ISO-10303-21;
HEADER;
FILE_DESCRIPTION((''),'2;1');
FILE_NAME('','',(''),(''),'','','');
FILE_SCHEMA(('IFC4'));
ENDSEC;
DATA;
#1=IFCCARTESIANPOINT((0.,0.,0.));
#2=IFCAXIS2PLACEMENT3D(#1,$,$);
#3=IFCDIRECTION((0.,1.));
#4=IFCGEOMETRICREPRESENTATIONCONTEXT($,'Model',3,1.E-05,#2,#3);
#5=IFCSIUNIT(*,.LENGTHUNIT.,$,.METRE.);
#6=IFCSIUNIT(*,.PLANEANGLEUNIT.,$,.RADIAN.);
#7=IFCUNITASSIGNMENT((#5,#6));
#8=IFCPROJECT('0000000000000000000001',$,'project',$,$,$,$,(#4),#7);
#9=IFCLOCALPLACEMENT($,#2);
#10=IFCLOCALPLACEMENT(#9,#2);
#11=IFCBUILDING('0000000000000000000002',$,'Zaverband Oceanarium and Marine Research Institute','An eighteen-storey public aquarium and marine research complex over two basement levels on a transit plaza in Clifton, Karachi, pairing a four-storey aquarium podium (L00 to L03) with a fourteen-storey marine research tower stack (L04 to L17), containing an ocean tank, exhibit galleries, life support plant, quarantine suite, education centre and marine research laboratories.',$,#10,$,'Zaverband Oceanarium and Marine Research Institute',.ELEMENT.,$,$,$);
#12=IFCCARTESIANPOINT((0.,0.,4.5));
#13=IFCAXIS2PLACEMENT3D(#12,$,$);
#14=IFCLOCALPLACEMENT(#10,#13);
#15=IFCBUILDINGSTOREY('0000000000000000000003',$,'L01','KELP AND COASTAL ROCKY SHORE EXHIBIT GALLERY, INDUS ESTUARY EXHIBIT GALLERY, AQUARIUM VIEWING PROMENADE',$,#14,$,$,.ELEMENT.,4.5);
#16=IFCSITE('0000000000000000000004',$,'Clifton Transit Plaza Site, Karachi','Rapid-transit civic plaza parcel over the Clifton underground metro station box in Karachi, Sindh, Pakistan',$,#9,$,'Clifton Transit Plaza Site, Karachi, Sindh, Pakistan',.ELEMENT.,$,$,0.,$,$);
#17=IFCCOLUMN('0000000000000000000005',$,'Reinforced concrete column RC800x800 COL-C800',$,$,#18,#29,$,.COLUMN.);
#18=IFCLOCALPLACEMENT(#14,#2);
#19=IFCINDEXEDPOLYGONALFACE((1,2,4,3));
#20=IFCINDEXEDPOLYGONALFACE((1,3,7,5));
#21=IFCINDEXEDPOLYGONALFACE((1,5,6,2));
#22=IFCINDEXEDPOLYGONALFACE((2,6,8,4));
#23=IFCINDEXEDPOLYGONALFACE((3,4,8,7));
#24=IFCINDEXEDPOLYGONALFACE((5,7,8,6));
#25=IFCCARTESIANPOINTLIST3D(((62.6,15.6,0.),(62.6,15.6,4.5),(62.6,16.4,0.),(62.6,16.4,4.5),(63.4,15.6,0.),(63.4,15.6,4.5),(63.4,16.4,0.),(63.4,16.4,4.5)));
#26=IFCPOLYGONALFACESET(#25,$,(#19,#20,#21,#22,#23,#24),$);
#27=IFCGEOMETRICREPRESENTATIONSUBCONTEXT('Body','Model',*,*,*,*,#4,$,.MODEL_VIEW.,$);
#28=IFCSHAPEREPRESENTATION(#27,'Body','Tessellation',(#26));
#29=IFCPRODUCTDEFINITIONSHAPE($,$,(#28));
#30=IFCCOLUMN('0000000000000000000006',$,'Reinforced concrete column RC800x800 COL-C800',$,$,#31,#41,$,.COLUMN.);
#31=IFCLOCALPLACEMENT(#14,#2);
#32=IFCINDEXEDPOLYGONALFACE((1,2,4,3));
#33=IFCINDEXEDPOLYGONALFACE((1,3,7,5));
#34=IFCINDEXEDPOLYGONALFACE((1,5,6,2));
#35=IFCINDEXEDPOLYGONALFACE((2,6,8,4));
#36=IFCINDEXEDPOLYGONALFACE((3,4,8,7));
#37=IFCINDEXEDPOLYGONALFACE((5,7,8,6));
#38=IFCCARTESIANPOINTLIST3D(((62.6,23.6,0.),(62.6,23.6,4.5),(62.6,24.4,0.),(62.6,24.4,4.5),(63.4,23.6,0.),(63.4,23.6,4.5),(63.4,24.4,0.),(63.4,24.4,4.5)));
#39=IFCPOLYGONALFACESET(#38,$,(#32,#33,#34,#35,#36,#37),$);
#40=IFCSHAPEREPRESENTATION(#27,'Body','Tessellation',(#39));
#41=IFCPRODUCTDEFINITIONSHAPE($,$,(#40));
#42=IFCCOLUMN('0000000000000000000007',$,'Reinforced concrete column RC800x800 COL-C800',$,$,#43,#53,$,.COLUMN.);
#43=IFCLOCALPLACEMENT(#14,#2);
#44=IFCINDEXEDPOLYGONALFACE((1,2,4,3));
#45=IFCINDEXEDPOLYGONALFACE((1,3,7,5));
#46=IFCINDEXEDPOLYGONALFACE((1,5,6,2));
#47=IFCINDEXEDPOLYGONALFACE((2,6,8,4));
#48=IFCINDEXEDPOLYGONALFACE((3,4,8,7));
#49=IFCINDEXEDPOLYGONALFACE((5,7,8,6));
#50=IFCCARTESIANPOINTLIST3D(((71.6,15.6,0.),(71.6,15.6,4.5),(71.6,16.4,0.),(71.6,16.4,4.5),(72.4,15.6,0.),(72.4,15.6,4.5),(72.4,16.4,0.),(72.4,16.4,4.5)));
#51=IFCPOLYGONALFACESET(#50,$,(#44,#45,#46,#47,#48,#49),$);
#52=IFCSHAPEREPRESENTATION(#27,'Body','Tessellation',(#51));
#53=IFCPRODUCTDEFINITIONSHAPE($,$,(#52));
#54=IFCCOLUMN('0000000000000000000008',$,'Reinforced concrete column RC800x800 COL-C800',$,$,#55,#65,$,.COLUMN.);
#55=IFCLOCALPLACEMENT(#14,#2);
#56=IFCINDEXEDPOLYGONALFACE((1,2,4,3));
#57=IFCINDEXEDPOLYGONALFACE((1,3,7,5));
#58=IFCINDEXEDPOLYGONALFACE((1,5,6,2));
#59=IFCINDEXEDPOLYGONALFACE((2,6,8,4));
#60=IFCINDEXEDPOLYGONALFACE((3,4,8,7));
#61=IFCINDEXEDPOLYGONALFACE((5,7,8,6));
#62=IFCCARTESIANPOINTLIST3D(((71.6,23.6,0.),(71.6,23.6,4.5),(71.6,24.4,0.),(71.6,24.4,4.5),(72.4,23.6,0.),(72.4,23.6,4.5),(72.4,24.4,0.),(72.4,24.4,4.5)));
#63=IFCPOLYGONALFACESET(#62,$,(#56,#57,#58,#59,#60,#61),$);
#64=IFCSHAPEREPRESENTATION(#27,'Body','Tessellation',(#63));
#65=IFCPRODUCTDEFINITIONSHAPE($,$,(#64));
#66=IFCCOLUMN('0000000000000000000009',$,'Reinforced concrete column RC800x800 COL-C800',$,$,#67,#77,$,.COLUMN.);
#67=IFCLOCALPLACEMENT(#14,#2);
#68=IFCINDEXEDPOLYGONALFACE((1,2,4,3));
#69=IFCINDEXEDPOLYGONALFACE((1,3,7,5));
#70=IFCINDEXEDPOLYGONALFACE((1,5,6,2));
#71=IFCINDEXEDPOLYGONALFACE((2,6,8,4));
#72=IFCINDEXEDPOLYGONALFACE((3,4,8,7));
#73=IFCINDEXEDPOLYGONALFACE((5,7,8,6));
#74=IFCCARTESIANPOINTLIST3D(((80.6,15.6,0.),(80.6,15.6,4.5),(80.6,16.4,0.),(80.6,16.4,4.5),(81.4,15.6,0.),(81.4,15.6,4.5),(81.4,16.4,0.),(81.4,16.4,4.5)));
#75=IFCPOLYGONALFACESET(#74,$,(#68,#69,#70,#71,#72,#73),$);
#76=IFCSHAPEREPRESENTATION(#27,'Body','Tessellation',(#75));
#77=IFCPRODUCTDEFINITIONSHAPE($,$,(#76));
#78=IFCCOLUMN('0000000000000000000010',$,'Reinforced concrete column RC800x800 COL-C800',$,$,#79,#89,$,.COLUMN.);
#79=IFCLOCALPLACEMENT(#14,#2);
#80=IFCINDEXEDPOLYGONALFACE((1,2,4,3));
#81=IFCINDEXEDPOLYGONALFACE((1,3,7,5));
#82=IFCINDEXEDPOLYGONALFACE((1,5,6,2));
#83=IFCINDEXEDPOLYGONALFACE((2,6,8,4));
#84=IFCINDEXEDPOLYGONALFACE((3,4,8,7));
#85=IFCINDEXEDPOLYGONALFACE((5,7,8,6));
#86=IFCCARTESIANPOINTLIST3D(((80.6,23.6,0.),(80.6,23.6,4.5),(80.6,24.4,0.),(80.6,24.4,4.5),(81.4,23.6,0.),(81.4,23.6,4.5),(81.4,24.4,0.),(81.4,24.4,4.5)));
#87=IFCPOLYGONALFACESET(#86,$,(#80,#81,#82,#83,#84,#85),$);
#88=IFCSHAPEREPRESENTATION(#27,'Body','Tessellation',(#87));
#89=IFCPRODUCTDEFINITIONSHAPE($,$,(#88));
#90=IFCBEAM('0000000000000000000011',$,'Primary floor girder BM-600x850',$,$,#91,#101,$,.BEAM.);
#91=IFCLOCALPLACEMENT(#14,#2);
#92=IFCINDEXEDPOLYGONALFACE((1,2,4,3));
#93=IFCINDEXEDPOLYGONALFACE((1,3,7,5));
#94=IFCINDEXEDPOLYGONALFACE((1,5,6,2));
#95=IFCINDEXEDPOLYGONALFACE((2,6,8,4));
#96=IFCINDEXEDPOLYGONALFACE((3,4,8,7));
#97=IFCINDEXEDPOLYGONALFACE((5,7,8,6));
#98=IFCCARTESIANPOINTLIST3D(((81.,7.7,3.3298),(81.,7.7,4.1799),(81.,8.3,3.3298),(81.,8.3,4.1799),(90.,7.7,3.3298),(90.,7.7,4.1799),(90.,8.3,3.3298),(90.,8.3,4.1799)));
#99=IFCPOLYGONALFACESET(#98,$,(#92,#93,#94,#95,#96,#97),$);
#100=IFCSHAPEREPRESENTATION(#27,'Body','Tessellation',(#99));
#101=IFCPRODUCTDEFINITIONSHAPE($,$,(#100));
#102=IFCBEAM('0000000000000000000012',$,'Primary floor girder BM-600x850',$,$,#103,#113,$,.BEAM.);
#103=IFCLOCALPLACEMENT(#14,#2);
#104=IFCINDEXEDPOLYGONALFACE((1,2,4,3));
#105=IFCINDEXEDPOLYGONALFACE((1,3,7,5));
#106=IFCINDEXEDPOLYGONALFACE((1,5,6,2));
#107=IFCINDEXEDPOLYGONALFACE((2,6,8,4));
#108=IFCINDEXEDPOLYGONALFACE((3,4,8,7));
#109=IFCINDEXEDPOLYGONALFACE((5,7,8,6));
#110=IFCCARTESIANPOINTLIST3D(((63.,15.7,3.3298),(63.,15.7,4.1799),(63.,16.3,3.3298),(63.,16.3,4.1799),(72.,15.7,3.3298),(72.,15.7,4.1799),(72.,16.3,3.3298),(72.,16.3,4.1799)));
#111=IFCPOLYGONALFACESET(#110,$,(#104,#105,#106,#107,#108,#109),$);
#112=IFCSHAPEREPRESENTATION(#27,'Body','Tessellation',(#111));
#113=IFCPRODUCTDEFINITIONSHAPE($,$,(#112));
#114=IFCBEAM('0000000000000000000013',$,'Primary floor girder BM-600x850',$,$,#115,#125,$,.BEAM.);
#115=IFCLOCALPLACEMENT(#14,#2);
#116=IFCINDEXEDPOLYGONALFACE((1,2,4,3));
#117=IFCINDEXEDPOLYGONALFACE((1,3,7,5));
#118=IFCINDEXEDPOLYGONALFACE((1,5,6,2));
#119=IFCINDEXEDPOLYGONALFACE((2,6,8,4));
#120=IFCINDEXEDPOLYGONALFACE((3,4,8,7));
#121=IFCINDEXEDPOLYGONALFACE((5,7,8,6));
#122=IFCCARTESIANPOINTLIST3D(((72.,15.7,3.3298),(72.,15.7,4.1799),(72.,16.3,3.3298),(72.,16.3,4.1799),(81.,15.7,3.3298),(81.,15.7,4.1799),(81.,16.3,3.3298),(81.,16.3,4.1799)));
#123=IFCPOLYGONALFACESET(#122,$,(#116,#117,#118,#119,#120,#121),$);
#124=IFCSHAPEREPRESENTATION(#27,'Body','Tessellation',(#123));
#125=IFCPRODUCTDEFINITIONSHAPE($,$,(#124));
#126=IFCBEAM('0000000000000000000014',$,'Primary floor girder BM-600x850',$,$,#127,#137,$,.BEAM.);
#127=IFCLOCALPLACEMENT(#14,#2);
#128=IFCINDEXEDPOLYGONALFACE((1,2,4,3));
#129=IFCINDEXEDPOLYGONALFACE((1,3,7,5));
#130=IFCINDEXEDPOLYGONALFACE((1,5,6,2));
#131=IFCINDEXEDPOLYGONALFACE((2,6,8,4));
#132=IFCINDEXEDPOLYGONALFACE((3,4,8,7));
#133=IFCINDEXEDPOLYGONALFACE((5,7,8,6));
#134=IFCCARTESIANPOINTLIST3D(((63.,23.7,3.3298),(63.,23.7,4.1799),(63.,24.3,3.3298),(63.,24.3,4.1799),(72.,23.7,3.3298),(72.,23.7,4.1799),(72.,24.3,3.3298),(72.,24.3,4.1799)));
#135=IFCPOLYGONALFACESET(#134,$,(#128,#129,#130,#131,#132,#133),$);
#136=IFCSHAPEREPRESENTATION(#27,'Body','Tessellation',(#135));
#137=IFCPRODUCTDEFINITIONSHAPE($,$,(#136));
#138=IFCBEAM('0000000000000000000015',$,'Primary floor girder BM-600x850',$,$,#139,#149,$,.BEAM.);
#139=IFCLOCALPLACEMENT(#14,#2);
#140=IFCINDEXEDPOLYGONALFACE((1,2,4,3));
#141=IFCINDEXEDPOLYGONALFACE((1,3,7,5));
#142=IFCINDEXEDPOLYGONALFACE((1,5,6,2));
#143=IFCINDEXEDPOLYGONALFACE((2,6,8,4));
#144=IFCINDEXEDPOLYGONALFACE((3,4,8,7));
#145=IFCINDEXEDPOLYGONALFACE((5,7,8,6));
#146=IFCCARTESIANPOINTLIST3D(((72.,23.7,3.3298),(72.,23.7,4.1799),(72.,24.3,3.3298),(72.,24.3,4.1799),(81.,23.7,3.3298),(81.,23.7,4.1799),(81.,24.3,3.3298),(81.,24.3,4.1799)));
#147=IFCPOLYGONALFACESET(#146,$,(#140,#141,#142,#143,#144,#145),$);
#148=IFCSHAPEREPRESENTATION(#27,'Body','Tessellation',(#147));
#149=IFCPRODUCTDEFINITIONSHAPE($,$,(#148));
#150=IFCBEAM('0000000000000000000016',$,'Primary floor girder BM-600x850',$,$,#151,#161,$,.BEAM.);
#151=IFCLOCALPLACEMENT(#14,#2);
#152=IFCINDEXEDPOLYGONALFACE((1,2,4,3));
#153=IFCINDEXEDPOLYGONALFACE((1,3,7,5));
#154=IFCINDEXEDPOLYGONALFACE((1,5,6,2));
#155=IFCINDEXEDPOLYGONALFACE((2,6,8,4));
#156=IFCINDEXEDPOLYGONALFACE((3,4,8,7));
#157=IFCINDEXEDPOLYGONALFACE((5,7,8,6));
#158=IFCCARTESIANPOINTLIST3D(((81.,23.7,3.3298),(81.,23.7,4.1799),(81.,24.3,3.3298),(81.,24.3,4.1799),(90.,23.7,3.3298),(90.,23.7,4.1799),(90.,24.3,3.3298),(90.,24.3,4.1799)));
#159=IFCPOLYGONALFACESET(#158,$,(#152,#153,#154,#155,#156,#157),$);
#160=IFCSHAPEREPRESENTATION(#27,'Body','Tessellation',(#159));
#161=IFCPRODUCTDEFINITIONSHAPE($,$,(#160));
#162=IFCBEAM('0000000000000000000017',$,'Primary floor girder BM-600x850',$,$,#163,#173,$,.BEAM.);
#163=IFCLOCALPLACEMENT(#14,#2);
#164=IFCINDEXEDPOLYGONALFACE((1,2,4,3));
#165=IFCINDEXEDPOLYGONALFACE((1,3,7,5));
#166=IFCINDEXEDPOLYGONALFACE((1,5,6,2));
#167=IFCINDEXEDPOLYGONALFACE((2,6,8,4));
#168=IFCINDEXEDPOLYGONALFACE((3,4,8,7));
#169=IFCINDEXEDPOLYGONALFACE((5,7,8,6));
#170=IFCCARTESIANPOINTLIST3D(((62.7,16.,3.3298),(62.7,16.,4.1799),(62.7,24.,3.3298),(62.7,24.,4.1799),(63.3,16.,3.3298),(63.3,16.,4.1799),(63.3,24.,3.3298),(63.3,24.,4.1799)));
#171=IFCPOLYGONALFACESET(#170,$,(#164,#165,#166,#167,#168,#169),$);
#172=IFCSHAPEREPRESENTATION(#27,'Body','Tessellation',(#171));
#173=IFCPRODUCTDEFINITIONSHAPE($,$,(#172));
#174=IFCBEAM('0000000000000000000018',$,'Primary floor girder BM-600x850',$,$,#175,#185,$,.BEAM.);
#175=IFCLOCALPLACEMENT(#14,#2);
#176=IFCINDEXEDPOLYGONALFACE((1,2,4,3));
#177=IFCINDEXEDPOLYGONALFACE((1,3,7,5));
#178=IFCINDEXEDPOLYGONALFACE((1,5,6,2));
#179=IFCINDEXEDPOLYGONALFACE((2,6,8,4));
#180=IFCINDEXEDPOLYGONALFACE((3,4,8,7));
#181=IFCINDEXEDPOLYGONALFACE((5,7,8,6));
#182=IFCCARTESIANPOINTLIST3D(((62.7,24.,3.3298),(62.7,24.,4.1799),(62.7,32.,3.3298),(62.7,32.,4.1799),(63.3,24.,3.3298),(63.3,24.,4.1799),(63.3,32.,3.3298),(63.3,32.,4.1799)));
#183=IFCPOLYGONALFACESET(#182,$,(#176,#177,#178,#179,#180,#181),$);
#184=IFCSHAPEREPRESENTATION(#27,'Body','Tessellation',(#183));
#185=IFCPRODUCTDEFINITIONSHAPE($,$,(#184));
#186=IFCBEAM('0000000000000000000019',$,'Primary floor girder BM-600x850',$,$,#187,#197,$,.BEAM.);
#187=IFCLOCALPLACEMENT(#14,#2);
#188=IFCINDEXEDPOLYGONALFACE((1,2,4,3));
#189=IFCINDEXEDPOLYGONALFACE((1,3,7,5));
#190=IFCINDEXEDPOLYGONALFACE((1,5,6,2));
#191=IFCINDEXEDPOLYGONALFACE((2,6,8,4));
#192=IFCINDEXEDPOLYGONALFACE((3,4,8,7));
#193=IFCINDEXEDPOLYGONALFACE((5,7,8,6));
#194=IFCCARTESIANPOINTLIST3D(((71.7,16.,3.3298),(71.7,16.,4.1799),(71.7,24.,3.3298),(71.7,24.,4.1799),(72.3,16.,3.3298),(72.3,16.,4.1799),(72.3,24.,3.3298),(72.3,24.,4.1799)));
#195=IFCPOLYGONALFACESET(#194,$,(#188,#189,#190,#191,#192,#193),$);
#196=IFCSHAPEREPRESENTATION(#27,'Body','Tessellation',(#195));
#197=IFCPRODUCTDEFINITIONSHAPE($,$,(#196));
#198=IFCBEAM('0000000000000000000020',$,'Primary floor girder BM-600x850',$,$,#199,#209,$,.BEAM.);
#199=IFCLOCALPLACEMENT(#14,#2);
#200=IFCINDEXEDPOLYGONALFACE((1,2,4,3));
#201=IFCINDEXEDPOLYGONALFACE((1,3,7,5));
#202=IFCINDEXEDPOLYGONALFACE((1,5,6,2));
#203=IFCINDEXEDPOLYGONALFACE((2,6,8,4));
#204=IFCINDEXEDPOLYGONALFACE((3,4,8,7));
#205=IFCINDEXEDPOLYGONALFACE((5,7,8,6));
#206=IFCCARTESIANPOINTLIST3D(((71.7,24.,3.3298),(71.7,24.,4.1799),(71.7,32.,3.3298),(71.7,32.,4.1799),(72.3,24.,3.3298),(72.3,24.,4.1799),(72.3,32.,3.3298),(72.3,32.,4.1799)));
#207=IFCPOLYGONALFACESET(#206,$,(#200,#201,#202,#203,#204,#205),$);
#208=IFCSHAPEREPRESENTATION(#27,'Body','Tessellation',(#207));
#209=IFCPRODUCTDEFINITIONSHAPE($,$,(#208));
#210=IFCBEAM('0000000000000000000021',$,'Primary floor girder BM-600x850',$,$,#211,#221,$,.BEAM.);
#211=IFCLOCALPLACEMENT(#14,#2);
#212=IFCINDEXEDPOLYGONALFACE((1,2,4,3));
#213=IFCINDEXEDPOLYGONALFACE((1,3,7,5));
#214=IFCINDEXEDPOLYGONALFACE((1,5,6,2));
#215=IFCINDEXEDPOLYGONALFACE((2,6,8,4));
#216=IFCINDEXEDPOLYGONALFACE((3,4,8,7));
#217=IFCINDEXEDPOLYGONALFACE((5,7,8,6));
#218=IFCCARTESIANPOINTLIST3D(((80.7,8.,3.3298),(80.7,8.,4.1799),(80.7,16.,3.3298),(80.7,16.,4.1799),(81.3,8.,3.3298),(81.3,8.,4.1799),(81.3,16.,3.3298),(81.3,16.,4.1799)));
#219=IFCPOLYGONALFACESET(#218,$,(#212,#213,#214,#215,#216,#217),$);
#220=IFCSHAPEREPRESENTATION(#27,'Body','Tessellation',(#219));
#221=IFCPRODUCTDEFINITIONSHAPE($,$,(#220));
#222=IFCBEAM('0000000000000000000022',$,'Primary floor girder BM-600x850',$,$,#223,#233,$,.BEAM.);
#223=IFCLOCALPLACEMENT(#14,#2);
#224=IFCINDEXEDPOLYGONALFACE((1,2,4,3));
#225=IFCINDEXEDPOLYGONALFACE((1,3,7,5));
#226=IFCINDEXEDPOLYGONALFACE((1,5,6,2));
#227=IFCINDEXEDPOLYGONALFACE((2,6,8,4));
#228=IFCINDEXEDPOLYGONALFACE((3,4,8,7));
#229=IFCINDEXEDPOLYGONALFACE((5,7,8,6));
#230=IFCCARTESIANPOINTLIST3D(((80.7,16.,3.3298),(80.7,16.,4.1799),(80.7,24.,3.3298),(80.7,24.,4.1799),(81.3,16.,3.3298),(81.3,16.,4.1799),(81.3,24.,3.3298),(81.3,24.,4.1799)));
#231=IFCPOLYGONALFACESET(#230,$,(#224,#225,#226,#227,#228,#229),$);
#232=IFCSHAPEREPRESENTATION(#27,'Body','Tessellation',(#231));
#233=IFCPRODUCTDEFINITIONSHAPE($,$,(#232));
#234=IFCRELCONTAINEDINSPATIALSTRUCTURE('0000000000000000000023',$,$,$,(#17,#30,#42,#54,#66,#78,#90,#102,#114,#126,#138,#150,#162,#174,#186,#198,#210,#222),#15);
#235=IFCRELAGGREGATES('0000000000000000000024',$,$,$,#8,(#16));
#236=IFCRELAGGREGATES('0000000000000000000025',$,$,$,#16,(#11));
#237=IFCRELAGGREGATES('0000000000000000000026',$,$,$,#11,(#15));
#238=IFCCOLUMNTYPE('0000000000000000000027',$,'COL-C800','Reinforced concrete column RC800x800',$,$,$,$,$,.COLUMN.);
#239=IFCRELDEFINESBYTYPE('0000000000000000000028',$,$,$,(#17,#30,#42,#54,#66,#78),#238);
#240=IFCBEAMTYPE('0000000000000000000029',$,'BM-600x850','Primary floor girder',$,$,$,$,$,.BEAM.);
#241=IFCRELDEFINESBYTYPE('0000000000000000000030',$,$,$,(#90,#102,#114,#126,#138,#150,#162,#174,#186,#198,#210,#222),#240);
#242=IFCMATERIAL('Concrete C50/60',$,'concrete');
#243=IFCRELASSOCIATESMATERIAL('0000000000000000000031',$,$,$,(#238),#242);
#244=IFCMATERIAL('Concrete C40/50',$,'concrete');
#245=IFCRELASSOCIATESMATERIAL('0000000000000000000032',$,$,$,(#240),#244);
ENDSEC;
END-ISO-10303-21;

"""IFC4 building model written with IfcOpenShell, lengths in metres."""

from ifc_helpers import new_model, si_unit, direction, frame, origin, origin_2d, place, context, subcontext, project, spatial, rectangle, extrude, material, material_profile, profile_set, type_object, element, save


model = new_model("IFC4")

# Units and contexts
model_context = context("Model", 3, precision=1e-05, world=origin(), true_north=direction((0.0, 1.0)))
body_context = subcontext(model_context, "Body", "Model", "MODEL_VIEW")
ifc_project = project(units=[si_unit("LENGTHUNIT", "METRE"), si_unit("PLANEANGLEUNIT", "RADIAN")], contexts=[model_context])

# Site, building, storey
site_placement = place(None, origin())
site = spatial("IfcSite", under=ifc_project, at=site_placement, Name="Clifton Transit Plaza Site, Karachi", Description="Rapid-transit civic plaza parcel over the Clifton underground metro station box in Karachi, Sindh, Pakistan", LongName="Clifton Transit Plaza Site, Karachi, Sindh, Pakistan", CompositionType="ELEMENT", RefElevation=0.0)
building_placement = place(site_placement, origin())
building = spatial("IfcBuilding", under=site, at=building_placement, Name="Zaverband Oceanarium and Marine Research Institute", Description="An eighteen-storey public aquarium and marine research complex over two basement levels on a transit plaza in Clifton, Karachi, pairing a four-storey aquarium podium (L00 to L03) with a fourteen-storey marine research tower stack (L04 to L17), containing an ocean tank, exhibit galleries, life support plant, quarantine suite, education centre and marine research laboratories.", LongName="Zaverband Oceanarium and Marine Research Institute", CompositionType="ELEMENT")
storey_placement = place(building_placement, frame((0.0, 0.0, 4.5)))
storey = spatial("IfcBuildingStorey", under=building, at=storey_placement, Name="L01", Description="KELP AND COASTAL ROCKY SHORE EXHIBIT GALLERY, INDUS ESTUARY EXHIBIT GALLERY, AQUARIUM VIEWING PROMENADE", CompositionType="ELEMENT", Elevation=4.5)

# Columns
ifc_material_1 = material(Name="Concrete C50/60", Category="concrete")
ifc_material_profile_1 = material_profile(ifc_material_1, rectangle(XDim=0.8, YDim=0.8, at=origin_2d()), Name="RC800x800")
ifc_profile_set_1 = profile_set([ifc_material_profile_1], Name="Concrete C50/60")
column_type = type_object("IfcColumnType", Name="COL-C800", Description="Reinforced concrete column RC800x800", PredefinedType="COLUMN", material=ifc_profile_set_1)
for number, where, z_axis, x_axis, name in (
    (1, (63.0, 16.0, 0.0), (0.0, 0.0, 1.0), (1.0, 0.0, 0.0), "Reinforced concrete column RC800x800 COL-C800"),
    (2, (63.0, 24.0, 0.0), (0.0, 0.0, 1.0), (1.0, 0.0, 0.0), "Reinforced concrete column RC800x800 COL-C800"),
    (3, (72.0, 16.0, 0.0), (0.0, 0.0, 1.0), (1.0, 0.0, 0.0), "Reinforced concrete column RC800x800 COL-C800"),
    (4, (72.0, 24.0, 0.0), (0.0, 0.0, 1.0), (1.0, 0.0, 0.0), "Reinforced concrete column RC800x800 COL-C800"),
    (5, (81.0, 16.0, 0.0), (0.0, 0.0, 1.0), (1.0, 0.0, 0.0), "Reinforced concrete column RC800x800 COL-C800"),
    (6, (81.0, 24.0, 0.0), (0.0, 0.0, 1.0), (1.0, 0.0, 0.0), "Reinforced concrete column RC800x800 COL-C800"),
):
    element("IfcColumn", number, at=place(storey_placement, frame(where, z_axis=z_axis, x_axis=x_axis)), inside=storey, type_object=column_type, Name=name, PredefinedType="COLUMN", context=body_context, shape_type="SweptSolid", body=[
        extrude(rectangle(XDim=0.8, YDim=0.8, at=origin_2d()), origin(), (0.0, 0.0, 1.0), 4.5),
    ])

# Beams
ifc_material_2 = material(Name="Concrete C40/50", Category="concrete")
ifc_material_profile_2 = material_profile(ifc_material_2, rectangle(XDim=0.6001, YDim=0.8501, at=origin_2d()), Name="RC600x850")
ifc_profile_set_2 = profile_set([ifc_material_profile_2], Name="Concrete C40/50")
beam_type_1 = type_object("IfcBeamType", Name="BM-600x850", Description="Primary floor girder", PredefinedType="BEAM", material=ifc_profile_set_2)
for number, where, z_axis, x_axis, name in (
    (7, (81.0, 8.0, 3.7549), (1.0, 0.0, 0.0), (0.0, 1.0, 0.0), "Primary floor girder BM-600x850"),
    (8, (63.0, 16.0, 3.7549), (1.0, 0.0, 0.0), (0.0, 1.0, 0.0), "Primary floor girder BM-600x850"),
    (9, (72.0, 16.0, 3.7549), (1.0, 0.0, 0.0), (0.0, 1.0, 0.0), "Primary floor girder BM-600x850"),
    (10, (63.0, 24.0, 3.7549), (1.0, 0.0, 0.0), (0.0, 1.0, 0.0), "Primary floor girder BM-600x850"),
    (11, (72.0, 24.0, 3.7549), (1.0, 0.0, 0.0), (0.0, 1.0, 0.0), "Primary floor girder BM-600x850"),
    (12, (81.0, 24.0, 3.7549), (1.0, 0.0, 0.0), (0.0, 1.0, 0.0), "Primary floor girder BM-600x850"),
):
    element("IfcBeam", number, at=place(storey_placement, frame(where, z_axis=z_axis, x_axis=x_axis)), inside=storey, type_object=beam_type_1, Name=name, PredefinedType="BEAM", context=body_context, shape_type="SweptSolid", body=[
        extrude(rectangle(XDim=0.6001, YDim=0.8501, at=origin_2d()), origin(), (0.0, 0.0, 1.0), 9.0),
    ])
for number, where, z_axis, x_axis, name in (
    (13, (63.0, 16.0, 3.7549), (0.0, 1.0, 0.0), (-1.0, 0.0, 0.0), "Primary floor girder BM-600x850"),
    (14, (63.0, 24.0, 3.7549), (0.0, 1.0, 0.0), (-1.0, 0.0, 0.0), "Primary floor girder BM-600x850"),
    (15, (72.0, 16.0, 3.7549), (0.0, 1.0, 0.0), (-1.0, 0.0, 0.0), "Primary floor girder BM-600x850"),
    (16, (72.0, 24.0, 3.7549), (0.0, 1.0, 0.0), (-1.0, 0.0, 0.0), "Primary floor girder BM-600x850"),
    (17, (81.0, 8.0, 3.7549), (0.0, 1.0, 0.0), (-1.0, 0.0, 0.0), "Primary floor girder BM-600x850"),
    (18, (81.0, 16.0, 3.7549), (0.0, 1.0, 0.0), (-1.0, 0.0, 0.0), "Primary floor girder BM-600x850"),
):
    element("IfcBeam", number, at=place(storey_placement, frame(where, z_axis=z_axis, x_axis=x_axis)), inside=storey, type_object=beam_type_1, Name=name, PredefinedType="BEAM", context=body_context, shape_type="SweptSolid", body=[
        extrude(rectangle(XDim=0.6001, YDim=0.8501, at=origin_2d()), origin(), (0.0, 0.0, 1.0), 8.0),
    ])

save(model, "model.ifc")
